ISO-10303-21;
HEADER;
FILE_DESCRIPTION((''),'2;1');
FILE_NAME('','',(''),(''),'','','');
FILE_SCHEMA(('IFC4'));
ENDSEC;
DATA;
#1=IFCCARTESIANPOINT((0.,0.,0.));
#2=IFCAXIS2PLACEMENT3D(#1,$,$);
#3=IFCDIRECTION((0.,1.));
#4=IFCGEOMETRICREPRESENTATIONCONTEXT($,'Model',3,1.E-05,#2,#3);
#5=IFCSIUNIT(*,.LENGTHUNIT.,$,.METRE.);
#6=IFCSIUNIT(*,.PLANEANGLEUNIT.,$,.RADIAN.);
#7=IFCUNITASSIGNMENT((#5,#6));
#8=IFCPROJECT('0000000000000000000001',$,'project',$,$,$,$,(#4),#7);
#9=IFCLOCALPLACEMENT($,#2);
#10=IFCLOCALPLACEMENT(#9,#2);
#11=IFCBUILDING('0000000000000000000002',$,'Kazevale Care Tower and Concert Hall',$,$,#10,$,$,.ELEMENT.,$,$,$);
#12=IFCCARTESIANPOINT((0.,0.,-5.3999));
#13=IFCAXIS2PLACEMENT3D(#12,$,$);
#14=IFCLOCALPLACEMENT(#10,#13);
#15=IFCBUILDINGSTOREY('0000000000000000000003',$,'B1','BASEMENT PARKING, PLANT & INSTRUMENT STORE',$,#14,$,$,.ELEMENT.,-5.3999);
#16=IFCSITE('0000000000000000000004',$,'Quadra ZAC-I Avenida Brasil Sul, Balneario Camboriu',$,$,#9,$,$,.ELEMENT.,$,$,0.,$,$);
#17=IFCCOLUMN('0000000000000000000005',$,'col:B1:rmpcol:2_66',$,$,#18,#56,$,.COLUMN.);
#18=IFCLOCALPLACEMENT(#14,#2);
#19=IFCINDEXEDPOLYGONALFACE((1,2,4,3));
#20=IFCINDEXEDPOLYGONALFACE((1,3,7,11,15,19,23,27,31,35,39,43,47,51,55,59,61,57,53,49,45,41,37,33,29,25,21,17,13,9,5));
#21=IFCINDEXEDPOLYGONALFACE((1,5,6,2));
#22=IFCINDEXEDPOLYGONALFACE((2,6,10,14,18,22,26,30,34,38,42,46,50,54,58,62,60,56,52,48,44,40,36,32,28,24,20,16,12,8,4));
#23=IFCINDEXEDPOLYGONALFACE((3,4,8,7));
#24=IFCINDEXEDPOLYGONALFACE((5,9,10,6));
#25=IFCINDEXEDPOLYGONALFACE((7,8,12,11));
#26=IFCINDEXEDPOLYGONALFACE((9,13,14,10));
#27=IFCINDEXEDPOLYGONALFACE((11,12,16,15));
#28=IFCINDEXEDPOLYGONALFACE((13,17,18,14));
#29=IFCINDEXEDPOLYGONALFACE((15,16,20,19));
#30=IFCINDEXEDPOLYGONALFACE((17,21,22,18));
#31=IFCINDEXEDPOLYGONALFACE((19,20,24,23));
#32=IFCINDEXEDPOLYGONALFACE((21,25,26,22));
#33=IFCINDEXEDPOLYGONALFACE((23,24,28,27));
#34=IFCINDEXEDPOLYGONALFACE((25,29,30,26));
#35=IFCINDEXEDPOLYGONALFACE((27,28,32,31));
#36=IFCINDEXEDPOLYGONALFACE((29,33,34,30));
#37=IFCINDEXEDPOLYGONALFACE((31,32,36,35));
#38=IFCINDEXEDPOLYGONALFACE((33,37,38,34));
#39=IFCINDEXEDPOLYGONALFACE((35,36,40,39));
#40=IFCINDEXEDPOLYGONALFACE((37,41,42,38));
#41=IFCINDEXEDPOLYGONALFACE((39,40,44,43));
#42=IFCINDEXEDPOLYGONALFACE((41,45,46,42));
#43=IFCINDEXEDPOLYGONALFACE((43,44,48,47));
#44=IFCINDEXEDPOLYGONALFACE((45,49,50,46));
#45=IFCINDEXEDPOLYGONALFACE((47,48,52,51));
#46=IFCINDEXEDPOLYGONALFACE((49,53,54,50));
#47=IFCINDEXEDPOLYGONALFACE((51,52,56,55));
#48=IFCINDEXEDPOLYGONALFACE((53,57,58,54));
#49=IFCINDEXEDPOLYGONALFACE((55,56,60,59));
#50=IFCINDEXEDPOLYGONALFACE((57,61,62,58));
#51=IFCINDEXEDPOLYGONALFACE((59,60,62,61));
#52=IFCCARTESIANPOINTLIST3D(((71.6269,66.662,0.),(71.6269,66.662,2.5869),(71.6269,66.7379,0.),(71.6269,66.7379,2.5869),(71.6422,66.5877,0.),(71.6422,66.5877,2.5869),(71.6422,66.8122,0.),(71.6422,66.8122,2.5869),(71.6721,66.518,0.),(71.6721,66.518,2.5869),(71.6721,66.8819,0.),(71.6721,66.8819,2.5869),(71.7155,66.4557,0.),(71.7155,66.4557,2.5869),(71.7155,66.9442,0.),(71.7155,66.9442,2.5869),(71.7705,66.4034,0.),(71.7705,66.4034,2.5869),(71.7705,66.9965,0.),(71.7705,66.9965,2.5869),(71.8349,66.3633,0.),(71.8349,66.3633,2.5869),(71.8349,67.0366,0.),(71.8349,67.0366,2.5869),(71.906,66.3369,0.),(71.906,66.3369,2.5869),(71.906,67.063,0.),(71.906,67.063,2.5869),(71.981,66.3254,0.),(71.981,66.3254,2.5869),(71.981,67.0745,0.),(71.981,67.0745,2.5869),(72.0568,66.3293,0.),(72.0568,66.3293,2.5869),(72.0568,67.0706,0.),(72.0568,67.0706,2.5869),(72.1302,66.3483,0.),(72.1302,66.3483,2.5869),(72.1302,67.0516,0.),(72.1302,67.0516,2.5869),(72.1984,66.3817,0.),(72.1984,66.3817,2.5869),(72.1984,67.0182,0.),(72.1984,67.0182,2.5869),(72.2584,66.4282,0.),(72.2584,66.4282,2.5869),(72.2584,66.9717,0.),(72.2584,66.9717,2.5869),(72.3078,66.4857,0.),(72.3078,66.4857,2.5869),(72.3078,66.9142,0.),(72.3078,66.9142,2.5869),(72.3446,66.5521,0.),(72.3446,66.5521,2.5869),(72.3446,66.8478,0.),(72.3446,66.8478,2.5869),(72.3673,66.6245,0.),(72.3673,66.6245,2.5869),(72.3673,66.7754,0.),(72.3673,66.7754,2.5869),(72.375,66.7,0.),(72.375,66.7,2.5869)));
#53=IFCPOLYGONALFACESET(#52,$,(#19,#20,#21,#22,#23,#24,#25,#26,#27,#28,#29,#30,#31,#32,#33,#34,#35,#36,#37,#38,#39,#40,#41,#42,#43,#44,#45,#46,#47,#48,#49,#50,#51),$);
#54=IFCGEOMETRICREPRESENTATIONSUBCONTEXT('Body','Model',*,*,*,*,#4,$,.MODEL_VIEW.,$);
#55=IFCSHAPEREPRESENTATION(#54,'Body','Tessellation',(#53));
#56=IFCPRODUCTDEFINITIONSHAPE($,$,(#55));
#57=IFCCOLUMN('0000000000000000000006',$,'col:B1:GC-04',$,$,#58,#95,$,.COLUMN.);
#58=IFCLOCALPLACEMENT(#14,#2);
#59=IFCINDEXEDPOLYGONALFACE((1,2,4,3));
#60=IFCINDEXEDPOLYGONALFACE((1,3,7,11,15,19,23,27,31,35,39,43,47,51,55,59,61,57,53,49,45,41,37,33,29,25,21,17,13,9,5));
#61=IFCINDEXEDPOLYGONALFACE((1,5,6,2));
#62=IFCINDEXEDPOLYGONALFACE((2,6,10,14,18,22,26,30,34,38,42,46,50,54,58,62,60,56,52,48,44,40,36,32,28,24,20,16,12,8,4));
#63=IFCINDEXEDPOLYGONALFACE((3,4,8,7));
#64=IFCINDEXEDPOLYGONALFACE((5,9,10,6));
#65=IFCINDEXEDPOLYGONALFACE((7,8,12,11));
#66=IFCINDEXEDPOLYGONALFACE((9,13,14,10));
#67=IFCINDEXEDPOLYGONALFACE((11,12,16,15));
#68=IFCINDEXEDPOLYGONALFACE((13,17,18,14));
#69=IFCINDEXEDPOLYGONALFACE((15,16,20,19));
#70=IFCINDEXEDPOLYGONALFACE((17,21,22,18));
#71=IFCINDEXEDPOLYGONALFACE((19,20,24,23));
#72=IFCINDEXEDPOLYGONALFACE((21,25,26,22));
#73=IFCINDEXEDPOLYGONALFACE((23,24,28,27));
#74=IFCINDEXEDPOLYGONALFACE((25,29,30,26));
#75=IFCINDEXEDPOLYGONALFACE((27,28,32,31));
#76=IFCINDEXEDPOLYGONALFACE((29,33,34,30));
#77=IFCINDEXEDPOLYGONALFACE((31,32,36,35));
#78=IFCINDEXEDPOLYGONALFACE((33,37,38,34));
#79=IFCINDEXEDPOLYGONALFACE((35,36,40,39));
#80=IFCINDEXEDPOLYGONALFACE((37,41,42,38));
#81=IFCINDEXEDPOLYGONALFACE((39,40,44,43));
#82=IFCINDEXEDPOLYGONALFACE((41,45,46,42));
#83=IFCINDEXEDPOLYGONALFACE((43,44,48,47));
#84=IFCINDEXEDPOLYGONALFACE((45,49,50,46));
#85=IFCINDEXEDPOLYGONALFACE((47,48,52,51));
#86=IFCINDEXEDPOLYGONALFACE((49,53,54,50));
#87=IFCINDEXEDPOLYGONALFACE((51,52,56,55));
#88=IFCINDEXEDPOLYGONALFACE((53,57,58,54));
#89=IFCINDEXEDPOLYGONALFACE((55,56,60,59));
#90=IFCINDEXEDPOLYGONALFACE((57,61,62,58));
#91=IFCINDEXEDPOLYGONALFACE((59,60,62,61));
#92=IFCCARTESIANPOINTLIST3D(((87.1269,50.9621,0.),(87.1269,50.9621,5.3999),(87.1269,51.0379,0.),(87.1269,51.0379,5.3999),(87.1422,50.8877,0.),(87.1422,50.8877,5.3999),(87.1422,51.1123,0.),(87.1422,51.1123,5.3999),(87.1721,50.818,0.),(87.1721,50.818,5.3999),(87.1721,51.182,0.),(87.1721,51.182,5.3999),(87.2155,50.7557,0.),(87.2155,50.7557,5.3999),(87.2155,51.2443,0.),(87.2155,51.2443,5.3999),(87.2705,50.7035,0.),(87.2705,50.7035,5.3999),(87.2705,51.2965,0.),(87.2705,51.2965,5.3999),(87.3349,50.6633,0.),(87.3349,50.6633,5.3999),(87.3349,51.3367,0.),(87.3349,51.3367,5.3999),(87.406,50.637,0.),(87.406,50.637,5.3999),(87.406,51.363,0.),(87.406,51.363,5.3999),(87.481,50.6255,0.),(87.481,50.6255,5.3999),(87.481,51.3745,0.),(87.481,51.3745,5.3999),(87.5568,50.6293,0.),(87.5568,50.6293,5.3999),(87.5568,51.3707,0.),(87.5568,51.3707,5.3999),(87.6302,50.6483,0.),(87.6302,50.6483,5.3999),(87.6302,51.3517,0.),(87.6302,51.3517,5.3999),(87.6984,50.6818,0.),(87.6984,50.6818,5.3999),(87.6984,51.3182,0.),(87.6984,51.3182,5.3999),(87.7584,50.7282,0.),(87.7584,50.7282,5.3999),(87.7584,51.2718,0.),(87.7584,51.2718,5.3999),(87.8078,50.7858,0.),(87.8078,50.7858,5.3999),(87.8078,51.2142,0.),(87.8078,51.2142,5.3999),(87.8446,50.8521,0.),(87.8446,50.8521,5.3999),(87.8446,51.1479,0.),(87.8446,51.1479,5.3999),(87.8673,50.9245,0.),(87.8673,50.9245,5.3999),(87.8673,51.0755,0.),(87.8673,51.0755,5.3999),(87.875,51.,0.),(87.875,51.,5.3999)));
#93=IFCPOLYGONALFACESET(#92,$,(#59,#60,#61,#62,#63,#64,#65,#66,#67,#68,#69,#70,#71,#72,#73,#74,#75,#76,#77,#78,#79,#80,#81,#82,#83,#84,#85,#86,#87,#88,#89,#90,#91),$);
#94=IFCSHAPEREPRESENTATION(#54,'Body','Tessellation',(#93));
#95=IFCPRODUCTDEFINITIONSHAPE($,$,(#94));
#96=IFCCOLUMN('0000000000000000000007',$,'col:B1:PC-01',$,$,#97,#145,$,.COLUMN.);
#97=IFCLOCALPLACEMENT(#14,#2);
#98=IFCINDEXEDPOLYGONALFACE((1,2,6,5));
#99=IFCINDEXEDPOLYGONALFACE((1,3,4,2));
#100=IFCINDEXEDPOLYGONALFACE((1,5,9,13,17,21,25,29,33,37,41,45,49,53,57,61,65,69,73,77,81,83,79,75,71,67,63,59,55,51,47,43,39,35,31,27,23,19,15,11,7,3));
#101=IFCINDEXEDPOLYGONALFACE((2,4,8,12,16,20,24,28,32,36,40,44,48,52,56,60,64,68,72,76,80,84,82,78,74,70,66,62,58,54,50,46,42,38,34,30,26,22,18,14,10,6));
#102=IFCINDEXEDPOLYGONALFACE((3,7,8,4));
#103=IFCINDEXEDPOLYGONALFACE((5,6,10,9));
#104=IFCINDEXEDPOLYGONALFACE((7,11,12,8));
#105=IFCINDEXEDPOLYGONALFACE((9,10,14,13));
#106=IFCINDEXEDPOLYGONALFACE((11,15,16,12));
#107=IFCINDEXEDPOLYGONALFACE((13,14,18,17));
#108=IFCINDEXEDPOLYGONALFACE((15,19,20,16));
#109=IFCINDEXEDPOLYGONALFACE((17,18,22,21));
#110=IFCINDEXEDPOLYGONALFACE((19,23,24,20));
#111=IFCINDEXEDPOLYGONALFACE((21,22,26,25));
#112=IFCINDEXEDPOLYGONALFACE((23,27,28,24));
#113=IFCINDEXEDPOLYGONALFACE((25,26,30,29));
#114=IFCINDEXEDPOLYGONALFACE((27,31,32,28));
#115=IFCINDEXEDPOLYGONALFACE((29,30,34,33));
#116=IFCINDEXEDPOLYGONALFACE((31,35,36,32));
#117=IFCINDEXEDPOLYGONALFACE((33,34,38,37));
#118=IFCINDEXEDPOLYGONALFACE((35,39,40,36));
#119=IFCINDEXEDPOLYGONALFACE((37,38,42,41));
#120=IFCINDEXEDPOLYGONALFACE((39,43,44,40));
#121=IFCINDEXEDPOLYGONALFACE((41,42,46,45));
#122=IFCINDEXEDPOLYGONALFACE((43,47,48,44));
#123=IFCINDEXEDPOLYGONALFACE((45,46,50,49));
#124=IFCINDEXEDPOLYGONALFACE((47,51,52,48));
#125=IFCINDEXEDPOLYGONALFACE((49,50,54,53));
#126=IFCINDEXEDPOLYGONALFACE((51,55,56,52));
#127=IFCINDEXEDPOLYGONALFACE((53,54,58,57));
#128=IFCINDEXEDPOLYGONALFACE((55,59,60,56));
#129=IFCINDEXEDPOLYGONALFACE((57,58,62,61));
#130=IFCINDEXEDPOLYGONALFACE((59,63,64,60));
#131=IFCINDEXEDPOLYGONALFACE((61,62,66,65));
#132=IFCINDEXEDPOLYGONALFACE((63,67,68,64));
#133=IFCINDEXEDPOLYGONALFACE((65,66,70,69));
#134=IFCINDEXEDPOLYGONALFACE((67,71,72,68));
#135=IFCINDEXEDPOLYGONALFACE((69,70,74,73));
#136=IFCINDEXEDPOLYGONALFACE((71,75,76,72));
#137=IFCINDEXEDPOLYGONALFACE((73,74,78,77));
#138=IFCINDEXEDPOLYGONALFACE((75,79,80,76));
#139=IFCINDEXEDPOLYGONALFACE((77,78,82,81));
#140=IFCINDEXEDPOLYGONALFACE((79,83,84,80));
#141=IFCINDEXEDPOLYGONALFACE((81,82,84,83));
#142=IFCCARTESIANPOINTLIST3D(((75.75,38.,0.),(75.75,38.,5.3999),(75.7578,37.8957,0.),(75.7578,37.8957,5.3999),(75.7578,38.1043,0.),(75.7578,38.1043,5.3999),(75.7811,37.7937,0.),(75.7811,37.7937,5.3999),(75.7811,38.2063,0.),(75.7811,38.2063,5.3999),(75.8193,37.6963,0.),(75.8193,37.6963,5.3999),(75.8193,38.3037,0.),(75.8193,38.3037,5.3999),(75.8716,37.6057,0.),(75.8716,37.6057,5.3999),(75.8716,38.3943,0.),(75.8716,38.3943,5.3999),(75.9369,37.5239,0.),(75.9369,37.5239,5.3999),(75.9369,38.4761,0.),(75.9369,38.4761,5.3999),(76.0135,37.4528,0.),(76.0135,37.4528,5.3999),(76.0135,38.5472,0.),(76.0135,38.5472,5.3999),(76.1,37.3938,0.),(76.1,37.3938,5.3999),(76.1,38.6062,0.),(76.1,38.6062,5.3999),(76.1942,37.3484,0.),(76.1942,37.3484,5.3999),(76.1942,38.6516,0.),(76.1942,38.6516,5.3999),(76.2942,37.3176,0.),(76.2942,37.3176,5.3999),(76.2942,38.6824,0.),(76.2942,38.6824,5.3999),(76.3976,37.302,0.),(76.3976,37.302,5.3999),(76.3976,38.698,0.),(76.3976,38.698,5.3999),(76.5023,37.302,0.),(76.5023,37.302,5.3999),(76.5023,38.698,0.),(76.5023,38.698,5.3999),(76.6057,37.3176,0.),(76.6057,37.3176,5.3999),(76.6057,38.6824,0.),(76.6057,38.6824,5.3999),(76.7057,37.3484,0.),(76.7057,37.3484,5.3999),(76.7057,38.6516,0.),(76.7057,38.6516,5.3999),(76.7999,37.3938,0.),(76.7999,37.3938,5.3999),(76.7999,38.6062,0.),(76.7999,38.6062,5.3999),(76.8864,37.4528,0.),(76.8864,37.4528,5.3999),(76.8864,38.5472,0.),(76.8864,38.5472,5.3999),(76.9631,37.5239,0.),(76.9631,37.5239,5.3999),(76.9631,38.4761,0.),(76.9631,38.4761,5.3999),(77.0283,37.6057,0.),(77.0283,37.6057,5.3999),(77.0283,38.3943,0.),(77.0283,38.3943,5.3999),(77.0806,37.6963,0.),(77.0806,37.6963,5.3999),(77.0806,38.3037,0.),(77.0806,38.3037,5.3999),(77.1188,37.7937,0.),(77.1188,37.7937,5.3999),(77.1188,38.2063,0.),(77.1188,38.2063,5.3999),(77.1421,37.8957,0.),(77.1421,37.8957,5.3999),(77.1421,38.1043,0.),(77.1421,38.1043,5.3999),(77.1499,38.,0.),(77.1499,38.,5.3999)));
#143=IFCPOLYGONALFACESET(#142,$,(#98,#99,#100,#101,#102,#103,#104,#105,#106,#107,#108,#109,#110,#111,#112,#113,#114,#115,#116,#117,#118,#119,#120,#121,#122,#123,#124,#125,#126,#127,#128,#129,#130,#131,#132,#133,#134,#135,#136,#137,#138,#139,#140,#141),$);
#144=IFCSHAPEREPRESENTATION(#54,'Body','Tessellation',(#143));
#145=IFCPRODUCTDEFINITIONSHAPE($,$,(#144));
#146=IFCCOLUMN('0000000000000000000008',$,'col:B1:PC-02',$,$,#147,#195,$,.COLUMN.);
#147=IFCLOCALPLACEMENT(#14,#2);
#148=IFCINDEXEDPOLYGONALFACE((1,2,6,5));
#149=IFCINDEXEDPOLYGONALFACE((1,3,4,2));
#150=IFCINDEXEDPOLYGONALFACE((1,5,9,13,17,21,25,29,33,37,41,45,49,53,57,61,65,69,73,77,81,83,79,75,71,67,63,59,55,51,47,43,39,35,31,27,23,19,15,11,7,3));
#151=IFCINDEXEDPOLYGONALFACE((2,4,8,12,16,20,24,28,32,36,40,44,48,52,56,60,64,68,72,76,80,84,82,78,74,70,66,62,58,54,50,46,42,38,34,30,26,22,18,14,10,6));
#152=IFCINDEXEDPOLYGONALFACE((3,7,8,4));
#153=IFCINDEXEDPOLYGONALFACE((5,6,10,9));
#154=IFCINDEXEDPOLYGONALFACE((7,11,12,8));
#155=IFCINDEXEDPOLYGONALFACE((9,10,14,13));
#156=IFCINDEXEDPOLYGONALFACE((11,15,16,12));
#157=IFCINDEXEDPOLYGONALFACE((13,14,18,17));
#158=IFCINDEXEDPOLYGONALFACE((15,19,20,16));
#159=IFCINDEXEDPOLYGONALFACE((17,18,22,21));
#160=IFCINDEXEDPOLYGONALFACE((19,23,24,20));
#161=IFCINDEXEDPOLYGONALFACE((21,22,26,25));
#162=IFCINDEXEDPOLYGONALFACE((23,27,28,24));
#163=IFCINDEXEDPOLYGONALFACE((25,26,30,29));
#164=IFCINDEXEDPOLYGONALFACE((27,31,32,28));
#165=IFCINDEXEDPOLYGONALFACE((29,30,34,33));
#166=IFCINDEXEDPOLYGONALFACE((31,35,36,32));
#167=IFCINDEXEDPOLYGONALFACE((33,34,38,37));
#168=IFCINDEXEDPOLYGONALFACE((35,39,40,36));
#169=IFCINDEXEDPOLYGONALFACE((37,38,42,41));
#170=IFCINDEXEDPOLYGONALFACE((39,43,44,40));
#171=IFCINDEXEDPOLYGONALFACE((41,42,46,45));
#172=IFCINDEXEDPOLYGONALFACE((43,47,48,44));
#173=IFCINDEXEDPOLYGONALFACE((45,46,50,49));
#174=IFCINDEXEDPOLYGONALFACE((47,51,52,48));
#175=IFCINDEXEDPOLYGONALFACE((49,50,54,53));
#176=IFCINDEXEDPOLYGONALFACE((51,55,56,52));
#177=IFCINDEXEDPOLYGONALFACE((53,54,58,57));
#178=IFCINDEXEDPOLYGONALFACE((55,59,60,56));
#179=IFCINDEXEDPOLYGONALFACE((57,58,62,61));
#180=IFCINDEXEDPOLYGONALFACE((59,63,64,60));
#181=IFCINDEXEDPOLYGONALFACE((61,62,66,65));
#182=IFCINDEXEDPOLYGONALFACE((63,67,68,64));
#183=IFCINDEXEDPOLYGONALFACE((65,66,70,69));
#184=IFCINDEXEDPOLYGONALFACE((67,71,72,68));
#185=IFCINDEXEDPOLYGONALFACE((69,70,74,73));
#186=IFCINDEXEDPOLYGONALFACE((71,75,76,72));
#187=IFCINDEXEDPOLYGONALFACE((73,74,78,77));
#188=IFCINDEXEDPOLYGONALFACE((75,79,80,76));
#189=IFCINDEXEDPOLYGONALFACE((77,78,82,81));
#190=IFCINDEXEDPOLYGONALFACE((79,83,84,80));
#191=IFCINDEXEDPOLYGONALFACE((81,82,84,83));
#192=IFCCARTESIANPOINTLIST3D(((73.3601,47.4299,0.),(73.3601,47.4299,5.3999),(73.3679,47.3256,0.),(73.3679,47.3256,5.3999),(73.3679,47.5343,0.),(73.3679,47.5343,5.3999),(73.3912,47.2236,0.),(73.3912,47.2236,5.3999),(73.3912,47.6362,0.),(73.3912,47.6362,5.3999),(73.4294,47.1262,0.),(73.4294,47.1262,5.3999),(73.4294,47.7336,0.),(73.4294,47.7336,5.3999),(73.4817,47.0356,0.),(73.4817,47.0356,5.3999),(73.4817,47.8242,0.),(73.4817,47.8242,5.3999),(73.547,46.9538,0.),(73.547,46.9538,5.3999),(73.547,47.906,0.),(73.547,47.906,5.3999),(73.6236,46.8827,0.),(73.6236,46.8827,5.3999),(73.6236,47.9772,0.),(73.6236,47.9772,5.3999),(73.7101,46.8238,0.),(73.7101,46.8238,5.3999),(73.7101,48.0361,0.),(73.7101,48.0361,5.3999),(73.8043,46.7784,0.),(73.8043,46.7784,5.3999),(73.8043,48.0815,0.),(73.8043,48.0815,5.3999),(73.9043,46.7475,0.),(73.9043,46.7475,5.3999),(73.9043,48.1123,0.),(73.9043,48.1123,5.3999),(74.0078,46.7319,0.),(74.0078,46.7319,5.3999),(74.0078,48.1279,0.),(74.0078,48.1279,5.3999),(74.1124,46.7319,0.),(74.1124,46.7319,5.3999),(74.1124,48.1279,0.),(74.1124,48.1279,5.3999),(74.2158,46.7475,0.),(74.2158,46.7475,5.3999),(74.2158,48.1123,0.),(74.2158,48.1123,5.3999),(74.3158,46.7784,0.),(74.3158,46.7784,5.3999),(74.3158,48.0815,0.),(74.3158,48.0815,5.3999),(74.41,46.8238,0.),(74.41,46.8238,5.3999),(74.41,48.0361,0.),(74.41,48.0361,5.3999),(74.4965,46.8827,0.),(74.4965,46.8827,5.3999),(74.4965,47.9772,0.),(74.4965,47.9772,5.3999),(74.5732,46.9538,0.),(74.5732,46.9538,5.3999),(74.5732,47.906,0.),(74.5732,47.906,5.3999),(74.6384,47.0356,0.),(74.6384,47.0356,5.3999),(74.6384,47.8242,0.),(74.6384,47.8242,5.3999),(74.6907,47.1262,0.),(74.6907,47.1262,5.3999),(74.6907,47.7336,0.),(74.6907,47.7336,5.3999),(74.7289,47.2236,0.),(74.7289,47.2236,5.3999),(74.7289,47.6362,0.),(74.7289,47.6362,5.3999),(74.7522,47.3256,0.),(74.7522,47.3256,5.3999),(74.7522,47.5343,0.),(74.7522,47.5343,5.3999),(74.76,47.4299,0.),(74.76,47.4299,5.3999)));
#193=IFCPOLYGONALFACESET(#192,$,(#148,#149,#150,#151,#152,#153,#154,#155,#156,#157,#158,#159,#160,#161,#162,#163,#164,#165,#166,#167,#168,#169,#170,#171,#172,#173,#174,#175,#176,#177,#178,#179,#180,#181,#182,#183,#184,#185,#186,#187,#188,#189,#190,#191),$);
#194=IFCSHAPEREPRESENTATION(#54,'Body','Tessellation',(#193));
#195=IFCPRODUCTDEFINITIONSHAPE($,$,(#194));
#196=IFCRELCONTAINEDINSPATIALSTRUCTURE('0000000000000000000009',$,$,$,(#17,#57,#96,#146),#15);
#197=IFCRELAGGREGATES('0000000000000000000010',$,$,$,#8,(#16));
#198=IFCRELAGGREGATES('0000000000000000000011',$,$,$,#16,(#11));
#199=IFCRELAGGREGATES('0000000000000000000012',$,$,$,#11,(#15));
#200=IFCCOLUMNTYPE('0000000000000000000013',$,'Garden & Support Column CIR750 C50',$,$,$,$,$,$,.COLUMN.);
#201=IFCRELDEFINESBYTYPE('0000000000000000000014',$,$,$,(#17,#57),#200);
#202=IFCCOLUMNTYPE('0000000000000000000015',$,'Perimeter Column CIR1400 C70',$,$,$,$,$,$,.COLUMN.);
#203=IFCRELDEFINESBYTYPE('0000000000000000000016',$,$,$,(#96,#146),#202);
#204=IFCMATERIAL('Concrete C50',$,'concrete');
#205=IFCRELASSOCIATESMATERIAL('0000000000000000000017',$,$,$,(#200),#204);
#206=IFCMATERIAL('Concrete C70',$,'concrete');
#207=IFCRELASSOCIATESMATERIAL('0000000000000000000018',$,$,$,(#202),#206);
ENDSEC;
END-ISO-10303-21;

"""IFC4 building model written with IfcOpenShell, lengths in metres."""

from ifc_helpers import new_model, si_unit, direction, frame, origin, origin_2d, place, context, subcontext, project, spatial, circle, extrude, material, material_profile, profile_set, type_object, element, save


model = new_model("IFC4")

# Units and contexts
model_context = context("Model", 3, precision=1e-05, world=origin(), true_north=direction((0.0, 1.0)))
body_context = subcontext(model_context, "Body", "Model", "MODEL_VIEW")
ifc_project = project(units=[si_unit("LENGTHUNIT", "METRE"), si_unit("PLANEANGLEUNIT", "RADIAN")], contexts=[model_context])

# Site, building, storey
site_placement = place(None, origin())
site = spatial("IfcSite", under=ifc_project, at=site_placement, Name="Quadra ZAC-I Avenida Brasil Sul, Balneario Camboriu", CompositionType="ELEMENT", RefElevation=0.0)
building_placement = place(site_placement, origin())
building = spatial("IfcBuilding", under=site, at=building_placement, Name="Kazevale Care Tower and Concert Hall", CompositionType="ELEMENT")
storey_placement = place(building_placement, frame((0.0, 0.0, -5.3999)))
storey = spatial("IfcBuildingStorey", under=building, at=storey_placement, Name="B1", Description="BASEMENT PARKING, PLANT & INSTRUMENT STORE", CompositionType="ELEMENT", Elevation=-5.3999)

# Shared definitions
ifc_material_1 = material(Name="Concrete C50", Category="concrete")

# Columns
ifc_material_profile_1 = material_profile(ifc_material_1, circle(Radius=0.375, at=origin_2d()), Name="RC-CIR750")
ifc_profile_set_1 = profile_set([ifc_material_profile_1], Name="Concrete C50")
column_type_1 = type_object("IfcColumnType", Name="Garden & Support Column CIR750 C50", PredefinedType="COLUMN", material=ifc_profile_set_1)
for number, where, z_axis, x_axis, name in (
    (1, (72.0, 66.7, 0.0), (0.0, 0.0, 1.0), (1.0, 0.0, 0.0), "col:B1:rmpcol:2_66"),
):
    element("IfcColumn", number, at=place(storey_placement, frame(where, z_axis=z_axis, x_axis=x_axis)), inside=storey, type_object=column_type_1, Name=name, PredefinedType="COLUMN", context=body_context, shape_type="SweptSolid", body=[
        extrude(circle(Radius=0.375, at=origin_2d()), origin(), (0.0, 0.0, 1.0), 2.5869),
    ])
column_1_placement = place(storey_placement, frame((87.5, 51.0, 0.0), z_axis=(0.0, 0.0, 1.0), x_axis=(1.0, 0.0, 0.0)))
element("IfcColumn", 2, at=column_1_placement, inside=storey, type_object=column_type_1, Name="col:B1:GC-04", PredefinedType="COLUMN", context=body_context, shape_type="SweptSolid", body=[
    extrude(circle(Radius=0.375, at=origin_2d()), origin(), (0.0, 0.0, 1.0), 5.3999),
])
ifc_material_2 = material(Name="Concrete C70", Category="concrete")
ifc_material_profile_2 = material_profile(ifc_material_2, circle(Radius=0.7, at=origin_2d()), Name="RC-CIR1400")
ifc_profile_set_2 = profile_set([ifc_material_profile_2], Name="Concrete C70")
column_type_2 = type_object("IfcColumnType", Name="Perimeter Column CIR1400 C70", PredefinedType="COLUMN", material=ifc_profile_set_2)
for number, where, z_axis, x_axis, name in (
    (3, (76.45, 38.0, 0.0), (0.0, 0.0, 1.0), (1.0, 0.0, 0.0), "col:B1:PC-01"),
    (4, (74.0601, 47.4299, 0.0), (0.0, 0.0, 1.0), (1.0, 0.0, 0.0), "col:B1:PC-02"),
):
    element("IfcColumn", number, at=place(storey_placement, frame(where, z_axis=z_axis, x_axis=x_axis)), inside=storey, type_object=column_type_2, Name=name, PredefinedType="COLUMN", context=body_context, shape_type="SweptSolid", body=[
        extrude(circle(Radius=0.7, at=origin_2d()), origin(), (0.0, 0.0, 1.0), 5.3999),
    ])

save(model, "model.ifc")
